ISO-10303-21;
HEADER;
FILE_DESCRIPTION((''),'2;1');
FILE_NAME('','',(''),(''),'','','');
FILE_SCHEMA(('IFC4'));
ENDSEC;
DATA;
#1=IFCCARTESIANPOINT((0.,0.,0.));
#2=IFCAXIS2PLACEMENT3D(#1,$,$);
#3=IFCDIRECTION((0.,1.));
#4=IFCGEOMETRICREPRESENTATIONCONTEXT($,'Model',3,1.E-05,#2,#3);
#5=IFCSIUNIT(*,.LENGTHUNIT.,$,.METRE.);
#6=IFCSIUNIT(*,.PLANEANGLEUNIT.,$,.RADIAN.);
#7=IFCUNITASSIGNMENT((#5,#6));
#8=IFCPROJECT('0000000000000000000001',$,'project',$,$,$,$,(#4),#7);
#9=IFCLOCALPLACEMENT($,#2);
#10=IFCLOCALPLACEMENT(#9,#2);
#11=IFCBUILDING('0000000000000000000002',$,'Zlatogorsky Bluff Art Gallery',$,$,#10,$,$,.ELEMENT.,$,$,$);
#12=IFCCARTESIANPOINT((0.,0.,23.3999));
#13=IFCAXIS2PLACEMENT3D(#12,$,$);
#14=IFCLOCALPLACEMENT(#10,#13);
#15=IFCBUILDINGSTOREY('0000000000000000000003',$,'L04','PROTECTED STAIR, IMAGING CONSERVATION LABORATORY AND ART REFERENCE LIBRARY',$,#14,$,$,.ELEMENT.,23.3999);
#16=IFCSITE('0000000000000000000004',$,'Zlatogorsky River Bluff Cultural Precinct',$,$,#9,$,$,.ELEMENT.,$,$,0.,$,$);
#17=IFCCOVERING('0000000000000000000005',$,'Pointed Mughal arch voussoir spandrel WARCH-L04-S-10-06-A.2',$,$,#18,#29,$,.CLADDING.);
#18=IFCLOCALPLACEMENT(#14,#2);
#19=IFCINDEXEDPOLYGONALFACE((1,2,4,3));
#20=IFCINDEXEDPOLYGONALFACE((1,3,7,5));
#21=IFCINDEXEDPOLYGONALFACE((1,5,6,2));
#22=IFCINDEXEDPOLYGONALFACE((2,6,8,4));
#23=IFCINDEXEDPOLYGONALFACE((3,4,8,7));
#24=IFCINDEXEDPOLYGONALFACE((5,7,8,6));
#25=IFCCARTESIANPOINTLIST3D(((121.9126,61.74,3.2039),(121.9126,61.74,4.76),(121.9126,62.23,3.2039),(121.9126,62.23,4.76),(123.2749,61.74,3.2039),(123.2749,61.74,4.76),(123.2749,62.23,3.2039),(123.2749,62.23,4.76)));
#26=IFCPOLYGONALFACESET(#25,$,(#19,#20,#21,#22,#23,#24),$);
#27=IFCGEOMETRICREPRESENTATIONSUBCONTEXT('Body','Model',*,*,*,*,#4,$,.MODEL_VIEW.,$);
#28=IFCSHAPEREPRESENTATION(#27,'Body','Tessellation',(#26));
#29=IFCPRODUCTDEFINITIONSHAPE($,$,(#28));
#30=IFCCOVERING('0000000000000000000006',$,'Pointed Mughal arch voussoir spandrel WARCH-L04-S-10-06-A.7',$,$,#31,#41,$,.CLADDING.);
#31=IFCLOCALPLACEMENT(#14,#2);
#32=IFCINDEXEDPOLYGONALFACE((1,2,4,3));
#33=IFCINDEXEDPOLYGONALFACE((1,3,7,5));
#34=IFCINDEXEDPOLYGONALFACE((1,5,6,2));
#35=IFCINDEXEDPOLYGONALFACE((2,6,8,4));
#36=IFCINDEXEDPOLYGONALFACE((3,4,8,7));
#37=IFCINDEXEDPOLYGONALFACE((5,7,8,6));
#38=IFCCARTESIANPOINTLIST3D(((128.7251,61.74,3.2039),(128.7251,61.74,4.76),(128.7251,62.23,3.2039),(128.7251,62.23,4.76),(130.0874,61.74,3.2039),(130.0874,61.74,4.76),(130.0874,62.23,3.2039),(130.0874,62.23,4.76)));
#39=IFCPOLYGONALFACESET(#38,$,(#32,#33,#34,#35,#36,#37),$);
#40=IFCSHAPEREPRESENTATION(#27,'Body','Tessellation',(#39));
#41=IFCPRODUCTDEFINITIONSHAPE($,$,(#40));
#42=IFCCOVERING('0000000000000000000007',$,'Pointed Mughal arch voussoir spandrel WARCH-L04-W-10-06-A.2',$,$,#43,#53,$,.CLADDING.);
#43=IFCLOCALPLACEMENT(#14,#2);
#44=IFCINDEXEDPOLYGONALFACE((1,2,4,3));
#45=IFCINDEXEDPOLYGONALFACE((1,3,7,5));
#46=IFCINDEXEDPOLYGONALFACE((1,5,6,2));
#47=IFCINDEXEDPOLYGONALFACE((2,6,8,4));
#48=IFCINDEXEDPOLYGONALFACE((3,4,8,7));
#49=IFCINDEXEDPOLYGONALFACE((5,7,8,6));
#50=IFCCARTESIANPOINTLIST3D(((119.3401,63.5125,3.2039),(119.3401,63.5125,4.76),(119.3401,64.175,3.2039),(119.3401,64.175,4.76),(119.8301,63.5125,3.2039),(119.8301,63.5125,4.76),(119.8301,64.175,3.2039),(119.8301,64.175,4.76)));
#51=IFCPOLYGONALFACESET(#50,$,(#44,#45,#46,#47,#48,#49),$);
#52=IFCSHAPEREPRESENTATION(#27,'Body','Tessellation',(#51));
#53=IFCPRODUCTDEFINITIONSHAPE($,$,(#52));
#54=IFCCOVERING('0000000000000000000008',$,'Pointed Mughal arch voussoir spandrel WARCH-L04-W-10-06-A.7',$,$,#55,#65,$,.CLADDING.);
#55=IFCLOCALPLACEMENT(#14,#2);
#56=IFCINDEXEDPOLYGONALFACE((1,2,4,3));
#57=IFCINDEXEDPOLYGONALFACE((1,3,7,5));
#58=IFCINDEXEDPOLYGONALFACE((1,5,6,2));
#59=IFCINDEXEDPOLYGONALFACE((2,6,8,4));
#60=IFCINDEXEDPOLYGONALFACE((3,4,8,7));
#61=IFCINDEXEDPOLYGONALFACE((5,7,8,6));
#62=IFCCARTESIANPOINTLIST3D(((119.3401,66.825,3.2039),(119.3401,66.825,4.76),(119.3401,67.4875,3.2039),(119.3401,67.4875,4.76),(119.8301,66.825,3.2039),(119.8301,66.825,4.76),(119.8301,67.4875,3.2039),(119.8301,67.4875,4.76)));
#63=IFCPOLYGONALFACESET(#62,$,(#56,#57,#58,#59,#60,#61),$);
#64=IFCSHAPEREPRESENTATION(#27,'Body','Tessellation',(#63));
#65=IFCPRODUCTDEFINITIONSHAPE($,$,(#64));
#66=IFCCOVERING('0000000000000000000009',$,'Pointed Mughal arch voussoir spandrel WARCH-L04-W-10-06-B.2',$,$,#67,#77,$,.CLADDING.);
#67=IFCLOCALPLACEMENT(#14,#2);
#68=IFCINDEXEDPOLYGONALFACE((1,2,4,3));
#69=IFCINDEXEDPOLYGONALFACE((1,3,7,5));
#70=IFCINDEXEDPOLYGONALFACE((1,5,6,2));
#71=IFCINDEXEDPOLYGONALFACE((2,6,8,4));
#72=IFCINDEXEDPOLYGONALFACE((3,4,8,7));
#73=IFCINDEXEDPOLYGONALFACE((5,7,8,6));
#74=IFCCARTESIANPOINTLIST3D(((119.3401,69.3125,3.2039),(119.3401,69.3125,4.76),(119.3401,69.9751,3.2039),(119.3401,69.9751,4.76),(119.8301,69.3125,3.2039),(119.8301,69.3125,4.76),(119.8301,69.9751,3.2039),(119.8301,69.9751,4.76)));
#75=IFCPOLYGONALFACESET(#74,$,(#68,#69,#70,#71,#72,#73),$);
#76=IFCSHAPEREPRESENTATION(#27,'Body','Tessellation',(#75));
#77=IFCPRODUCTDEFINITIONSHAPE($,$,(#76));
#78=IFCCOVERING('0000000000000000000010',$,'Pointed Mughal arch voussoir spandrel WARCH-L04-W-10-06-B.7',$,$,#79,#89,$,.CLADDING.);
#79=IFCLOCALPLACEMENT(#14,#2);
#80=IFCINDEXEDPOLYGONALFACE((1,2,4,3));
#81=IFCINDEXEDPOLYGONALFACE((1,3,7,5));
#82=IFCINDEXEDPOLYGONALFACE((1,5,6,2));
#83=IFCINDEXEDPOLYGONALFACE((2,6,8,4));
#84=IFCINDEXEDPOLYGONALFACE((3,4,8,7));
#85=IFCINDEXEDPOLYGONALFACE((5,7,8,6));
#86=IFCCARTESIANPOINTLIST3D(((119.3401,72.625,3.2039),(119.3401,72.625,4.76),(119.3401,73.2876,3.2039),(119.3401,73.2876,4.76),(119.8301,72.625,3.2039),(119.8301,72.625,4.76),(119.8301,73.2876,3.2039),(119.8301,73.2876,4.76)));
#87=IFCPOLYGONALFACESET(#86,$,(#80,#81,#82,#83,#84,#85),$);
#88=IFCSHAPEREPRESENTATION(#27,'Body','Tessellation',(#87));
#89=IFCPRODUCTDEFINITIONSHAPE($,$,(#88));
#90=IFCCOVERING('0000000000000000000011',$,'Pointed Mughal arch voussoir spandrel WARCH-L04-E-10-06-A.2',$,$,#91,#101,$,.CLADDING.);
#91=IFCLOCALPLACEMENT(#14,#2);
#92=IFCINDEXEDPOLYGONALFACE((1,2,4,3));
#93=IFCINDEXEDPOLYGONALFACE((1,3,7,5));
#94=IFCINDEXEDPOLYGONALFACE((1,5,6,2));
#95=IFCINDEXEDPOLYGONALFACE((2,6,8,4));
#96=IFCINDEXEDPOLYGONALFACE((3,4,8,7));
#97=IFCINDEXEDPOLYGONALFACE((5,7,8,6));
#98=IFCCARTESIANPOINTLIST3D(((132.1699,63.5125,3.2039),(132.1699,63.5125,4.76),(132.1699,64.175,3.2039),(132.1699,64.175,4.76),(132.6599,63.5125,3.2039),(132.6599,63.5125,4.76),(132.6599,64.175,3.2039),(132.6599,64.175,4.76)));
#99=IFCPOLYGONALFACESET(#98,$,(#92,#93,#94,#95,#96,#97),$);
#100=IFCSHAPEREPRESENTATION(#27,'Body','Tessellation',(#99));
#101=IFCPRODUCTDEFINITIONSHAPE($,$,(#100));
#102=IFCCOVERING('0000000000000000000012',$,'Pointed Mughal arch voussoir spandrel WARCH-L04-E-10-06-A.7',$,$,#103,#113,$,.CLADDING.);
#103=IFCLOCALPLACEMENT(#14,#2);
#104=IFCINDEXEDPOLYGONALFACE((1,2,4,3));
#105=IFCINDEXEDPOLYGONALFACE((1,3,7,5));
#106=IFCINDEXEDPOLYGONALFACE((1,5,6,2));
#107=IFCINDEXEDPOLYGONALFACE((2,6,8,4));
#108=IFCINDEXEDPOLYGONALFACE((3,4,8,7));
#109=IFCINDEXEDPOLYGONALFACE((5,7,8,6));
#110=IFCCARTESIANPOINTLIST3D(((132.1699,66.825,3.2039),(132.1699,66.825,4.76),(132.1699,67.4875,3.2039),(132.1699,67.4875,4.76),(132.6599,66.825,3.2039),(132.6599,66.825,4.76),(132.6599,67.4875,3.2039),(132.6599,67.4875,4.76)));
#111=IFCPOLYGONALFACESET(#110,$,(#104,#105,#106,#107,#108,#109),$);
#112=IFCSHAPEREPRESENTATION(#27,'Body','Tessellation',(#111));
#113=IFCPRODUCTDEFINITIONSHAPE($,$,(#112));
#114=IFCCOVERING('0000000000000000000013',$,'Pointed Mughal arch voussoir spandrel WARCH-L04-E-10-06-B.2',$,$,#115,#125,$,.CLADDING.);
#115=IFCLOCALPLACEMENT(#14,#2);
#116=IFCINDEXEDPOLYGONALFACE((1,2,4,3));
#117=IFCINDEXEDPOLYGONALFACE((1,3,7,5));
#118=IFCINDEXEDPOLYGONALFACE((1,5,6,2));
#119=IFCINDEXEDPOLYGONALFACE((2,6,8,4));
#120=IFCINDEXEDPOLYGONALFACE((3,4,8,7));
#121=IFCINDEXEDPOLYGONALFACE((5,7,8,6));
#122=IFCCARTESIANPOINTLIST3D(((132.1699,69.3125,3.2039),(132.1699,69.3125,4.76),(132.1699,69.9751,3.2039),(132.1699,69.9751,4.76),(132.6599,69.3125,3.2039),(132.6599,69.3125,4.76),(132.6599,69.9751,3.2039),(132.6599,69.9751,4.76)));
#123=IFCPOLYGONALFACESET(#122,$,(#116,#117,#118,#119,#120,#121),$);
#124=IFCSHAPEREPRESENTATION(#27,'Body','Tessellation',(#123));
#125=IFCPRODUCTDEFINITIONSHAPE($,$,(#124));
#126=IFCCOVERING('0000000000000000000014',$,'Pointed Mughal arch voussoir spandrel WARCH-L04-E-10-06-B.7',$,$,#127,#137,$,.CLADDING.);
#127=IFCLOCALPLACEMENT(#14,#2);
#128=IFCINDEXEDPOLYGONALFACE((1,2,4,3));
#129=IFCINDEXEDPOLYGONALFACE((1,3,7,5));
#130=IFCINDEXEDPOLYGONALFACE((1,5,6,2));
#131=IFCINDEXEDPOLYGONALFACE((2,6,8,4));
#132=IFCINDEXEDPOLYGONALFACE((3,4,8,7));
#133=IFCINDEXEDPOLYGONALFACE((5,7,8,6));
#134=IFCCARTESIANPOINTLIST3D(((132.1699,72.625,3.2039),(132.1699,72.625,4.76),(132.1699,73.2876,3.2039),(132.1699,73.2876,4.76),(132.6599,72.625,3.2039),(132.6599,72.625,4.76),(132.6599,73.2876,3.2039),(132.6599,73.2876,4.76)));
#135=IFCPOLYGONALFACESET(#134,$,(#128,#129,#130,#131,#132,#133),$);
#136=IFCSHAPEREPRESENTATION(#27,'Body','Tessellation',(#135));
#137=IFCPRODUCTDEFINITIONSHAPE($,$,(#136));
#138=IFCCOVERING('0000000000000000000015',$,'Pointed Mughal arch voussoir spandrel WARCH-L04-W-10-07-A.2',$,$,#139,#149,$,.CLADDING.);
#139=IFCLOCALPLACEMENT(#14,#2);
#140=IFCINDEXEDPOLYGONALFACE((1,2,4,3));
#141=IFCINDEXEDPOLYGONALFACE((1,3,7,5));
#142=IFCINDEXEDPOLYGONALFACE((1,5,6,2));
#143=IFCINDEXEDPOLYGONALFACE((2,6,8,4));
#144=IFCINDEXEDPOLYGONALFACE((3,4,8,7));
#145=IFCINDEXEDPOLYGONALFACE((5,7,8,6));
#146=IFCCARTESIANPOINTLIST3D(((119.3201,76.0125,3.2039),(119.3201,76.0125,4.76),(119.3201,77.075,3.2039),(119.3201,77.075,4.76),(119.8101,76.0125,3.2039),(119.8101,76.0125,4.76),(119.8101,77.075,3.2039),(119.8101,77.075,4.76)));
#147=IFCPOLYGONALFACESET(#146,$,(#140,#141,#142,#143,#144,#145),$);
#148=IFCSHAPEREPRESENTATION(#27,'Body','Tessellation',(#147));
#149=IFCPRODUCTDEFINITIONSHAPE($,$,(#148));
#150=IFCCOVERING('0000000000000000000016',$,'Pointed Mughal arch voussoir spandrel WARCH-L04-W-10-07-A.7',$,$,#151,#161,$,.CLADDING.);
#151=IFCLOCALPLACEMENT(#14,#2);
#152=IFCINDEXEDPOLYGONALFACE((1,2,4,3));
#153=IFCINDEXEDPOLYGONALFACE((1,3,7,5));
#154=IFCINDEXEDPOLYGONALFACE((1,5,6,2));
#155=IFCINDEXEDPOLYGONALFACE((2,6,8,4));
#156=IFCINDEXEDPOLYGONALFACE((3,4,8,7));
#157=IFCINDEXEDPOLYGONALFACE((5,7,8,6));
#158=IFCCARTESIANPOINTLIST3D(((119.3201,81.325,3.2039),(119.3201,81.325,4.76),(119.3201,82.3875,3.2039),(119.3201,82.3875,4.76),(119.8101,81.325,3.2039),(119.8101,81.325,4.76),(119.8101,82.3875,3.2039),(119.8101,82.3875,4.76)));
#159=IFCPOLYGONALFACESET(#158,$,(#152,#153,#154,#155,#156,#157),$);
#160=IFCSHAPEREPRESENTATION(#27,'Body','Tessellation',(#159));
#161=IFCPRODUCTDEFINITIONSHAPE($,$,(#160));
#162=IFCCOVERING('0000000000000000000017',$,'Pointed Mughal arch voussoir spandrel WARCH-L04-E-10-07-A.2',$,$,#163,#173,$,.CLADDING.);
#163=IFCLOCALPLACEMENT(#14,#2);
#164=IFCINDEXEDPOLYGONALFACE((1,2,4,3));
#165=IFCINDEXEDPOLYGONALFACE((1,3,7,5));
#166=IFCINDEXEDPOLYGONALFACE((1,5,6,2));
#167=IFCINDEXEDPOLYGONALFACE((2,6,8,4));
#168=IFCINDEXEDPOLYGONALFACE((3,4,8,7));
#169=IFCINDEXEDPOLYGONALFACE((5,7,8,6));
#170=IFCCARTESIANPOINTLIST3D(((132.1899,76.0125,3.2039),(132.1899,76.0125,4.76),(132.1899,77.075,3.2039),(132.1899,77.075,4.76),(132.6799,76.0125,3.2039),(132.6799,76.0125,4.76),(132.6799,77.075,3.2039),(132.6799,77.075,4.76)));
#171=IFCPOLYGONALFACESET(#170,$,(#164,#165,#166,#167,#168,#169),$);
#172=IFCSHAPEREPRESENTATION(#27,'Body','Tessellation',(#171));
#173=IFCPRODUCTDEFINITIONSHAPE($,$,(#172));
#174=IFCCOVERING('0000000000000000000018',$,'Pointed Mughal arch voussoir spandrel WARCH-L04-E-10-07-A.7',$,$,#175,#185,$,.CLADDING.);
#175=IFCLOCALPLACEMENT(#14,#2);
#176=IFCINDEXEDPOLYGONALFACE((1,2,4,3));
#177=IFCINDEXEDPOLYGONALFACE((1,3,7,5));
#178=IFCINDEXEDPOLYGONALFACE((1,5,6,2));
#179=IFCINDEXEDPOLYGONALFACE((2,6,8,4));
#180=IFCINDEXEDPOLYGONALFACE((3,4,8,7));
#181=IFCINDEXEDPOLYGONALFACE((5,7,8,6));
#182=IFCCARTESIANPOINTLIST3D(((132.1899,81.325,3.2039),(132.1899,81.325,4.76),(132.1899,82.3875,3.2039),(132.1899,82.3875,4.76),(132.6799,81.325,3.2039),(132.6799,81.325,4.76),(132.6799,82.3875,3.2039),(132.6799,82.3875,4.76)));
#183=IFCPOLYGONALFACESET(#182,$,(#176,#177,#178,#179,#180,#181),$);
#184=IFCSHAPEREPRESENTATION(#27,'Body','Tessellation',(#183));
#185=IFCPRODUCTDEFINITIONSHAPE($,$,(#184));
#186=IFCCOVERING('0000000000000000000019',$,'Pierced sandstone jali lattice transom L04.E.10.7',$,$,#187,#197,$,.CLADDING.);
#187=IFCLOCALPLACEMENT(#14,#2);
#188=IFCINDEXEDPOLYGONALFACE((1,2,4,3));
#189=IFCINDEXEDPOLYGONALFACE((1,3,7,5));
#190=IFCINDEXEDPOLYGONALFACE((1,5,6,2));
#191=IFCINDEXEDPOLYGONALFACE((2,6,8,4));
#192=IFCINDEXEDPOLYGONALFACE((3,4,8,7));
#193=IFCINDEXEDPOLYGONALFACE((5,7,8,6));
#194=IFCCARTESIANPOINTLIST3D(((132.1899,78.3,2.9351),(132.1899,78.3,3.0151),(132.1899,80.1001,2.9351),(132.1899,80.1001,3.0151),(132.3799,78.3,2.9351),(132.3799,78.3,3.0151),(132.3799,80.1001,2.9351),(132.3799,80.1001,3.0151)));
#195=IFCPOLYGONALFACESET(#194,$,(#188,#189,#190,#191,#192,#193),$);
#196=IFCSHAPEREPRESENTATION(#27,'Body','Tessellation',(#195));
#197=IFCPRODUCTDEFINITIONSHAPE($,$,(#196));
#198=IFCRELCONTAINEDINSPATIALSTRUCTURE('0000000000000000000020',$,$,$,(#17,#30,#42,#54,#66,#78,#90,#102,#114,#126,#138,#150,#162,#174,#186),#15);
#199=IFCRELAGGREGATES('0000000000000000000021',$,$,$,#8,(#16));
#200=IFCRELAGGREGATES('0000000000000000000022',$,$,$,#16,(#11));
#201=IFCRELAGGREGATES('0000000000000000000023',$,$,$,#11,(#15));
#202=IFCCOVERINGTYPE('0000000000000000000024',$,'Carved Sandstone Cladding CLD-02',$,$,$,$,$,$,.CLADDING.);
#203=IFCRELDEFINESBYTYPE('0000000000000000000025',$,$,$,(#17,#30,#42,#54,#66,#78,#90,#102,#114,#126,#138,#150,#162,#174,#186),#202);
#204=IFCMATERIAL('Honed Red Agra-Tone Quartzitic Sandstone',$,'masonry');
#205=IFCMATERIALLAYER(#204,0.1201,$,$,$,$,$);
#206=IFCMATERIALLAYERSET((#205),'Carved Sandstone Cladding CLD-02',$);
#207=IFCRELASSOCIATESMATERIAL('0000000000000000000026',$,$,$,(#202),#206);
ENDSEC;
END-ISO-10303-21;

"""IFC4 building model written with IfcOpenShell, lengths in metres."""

from ifc_helpers import new_model, si_unit, direction, frame, origin, place, context, subcontext, project, spatial, polyline, outline, extrude, material, layer, layer_set, type_object, element, save


model = new_model("IFC4")

# Units and contexts
model_context = context("Model", 3, precision=1e-05, world=origin(), true_north=direction((0.0, 1.0)))
body_context = subcontext(model_context, "Body", "Model", "MODEL_VIEW")
ifc_project = project(units=[si_unit("LENGTHUNIT", "METRE"), si_unit("PLANEANGLEUNIT", "RADIAN")], contexts=[model_context])

# Site, building, storey
site_placement = place(None, origin())
site = spatial("IfcSite", under=ifc_project, at=site_placement, Name="Zlatogorsky River Bluff Cultural Precinct", CompositionType="ELEMENT", RefElevation=0.0)
building_placement = place(site_placement, origin())
building = spatial("IfcBuilding", under=site, at=building_placement, Name="Zlatogorsky Bluff Art Gallery", CompositionType="ELEMENT")
storey_placement = place(building_placement, frame((0.0, 0.0, 23.3999)))
storey = spatial("IfcBuildingStorey", under=building, at=storey_placement, Name="L04", Description="PROTECTED STAIR, IMAGING CONSERVATION LABORATORY AND ART REFERENCE LIBRARY", CompositionType="ELEMENT", Elevation=23.3999)

# Coverings
ifc_material = material(Name="Honed Red Agra-Tone Quartzitic Sandstone", Category="masonry")
ifc_layer = layer(ifc_material, 0.1201)
ifc_layer_set = layer_set([ifc_layer], Name="Carved Sandstone Cladding CLD-02")
covering_type = type_object("IfcCoveringType", Name="Carved Sandstone Cladding CLD-02", PredefinedType="CLADDING", material=ifc_layer_set)
covering_1_placement = place(storey_placement, frame((0.0, 0.0, 3.2039)))
element("IfcCovering", 1, at=covering_1_placement, inside=storey, type_object=covering_type, Name="Pointed Mughal arch voussoir spandrel WARCH-L04-S-10-06-A.2", PredefinedType="CLADDING", context=body_context, shape_type="SweptSolid", body=[
    extrude(outline(polyline([(121.9126, 61.74), (123.2749, 61.74), (123.2749, 62.23), (121.9126, 62.23), (121.9126, 61.74)])), origin(), (0.0, 0.0, 1.0), 1.5562),
])
covering_2_placement = place(storey_placement, frame((0.0, 0.0, 3.2039)))
element("IfcCovering", 2, at=covering_2_placement, inside=storey, type_object=covering_type, Name="Pointed Mughal arch voussoir spandrel WARCH-L04-S-10-06-A.7", PredefinedType="CLADDING", context=body_context, shape_type="SweptSolid", body=[
    extrude(outline(polyline([(128.7251, 61.74), (130.0874, 61.74), (130.0874, 62.23), (128.7251, 62.23), (128.7251, 61.74)])), origin(), (0.0, 0.0, 1.0), 1.5562),
])
covering_3_placement = place(storey_placement, frame((0.0, 0.0, 3.2039)))
element("IfcCovering", 3, at=covering_3_placement, inside=storey, type_object=covering_type, Name="Pointed Mughal arch voussoir spandrel WARCH-L04-W-10-06-A.2", PredefinedType="CLADDING", context=body_context, shape_type="SweptSolid", body=[
    extrude(outline(polyline([(119.3401, 63.5125), (119.3401, 64.175), (119.8301, 64.175), (119.8301, 63.5125), (119.3401, 63.5125)])), origin(), (0.0, 0.0, 1.0), 1.5562),
])
covering_4_placement = place(storey_placement, frame((0.0, 0.0, 3.2039)))
element("IfcCovering", 4, at=covering_4_placement, inside=storey, type_object=covering_type, Name="Pointed Mughal arch voussoir spandrel WARCH-L04-W-10-06-A.7", PredefinedType="CLADDING", context=body_context, shape_type="SweptSolid", body=[
    extrude(outline(polyline([(119.3401, 66.825), (119.3401, 67.4875), (119.8301, 67.4875), (119.8301, 66.825), (119.3401, 66.825)])), origin(), (0.0, 0.0, 1.0), 1.5562),
])
covering_5_placement = place(storey_placement, frame((0.0, 0.0, 3.2039)))
element("IfcCovering", 5, at=covering_5_placement, inside=storey, type_object=covering_type, Name="Pointed Mughal arch voussoir spandrel WARCH-L04-W-10-06-B.2", PredefinedType="CLADDING", context=body_context, shape_type="SweptSolid", body=[
    extrude(outline(polyline([(119.3401, 69.3125), (119.3401, 69.9751), (119.8301, 69.9751), (119.8301, 69.3125), (119.3401, 69.3125)])), origin(), (0.0, 0.0, 1.0), 1.5562),
])
covering_6_placement = place(storey_placement, frame((0.0, 0.0, 3.2039)))
element("IfcCovering", 6, at=covering_6_placement, inside=storey, type_object=covering_type, Name="Pointed Mughal arch voussoir spandrel WARCH-L04-W-10-06-B.7", PredefinedType="CLADDING", context=body_context, shape_type="SweptSolid", body=[
    extrude(outline(polyline([(119.3401, 72.625), (119.3401, 73.2876), (119.8301, 73.2876), (119.8301, 72.625), (119.3401, 72.625)])), origin(), (0.0, 0.0, 1.0), 1.5562),
])
covering_7_placement = place(storey_placement, frame((0.0, 0.0, 3.2039)))
element("IfcCovering", 7, at=covering_7_placement, inside=storey, type_object=covering_type, Name="Pointed Mughal arch voussoir spandrel WARCH-L04-E-10-06-A.2", PredefinedType="CLADDING", context=body_context, shape_type="SweptSolid", body=[
    extrude(outline(polyline([(132.1699, 63.5125), (132.1699, 64.175), (132.6599, 64.175), (132.6599, 63.5125), (132.1699, 63.5125)])), origin(), (0.0, 0.0, 1.0), 1.5562),
])
covering_8_placement = place(storey_placement, frame((0.0, 0.0, 3.2039)))
element("IfcCovering", 8, at=covering_8_placement, inside=storey, type_object=covering_type, Name="Pointed Mughal arch voussoir spandrel WARCH-L04-E-10-06-A.7", PredefinedType="CLADDING", context=body_context, shape_type="SweptSolid", body=[
    extrude(outline(polyline([(132.1699, 66.825), (132.1699, 67.4875), (132.6599, 67.4875), (132.6599, 66.825), (132.1699, 66.825)])), origin(), (0.0, 0.0, 1.0), 1.5562),
])
covering_9_placement = place(storey_placement, frame((0.0, 0.0, 3.2039)))
element("IfcCovering", 9, at=covering_9_placement, inside=storey, type_object=covering_type, Name="Pointed Mughal arch voussoir spandrel WARCH-L04-E-10-06-B.2", PredefinedType="CLADDING", context=body_context, shape_type="SweptSolid", body=[
    extrude(outline(polyline([(132.1699, 69.3125), (132.1699, 69.9751), (132.6599, 69.9751), (132.6599, 69.3125), (132.1699, 69.3125)])), origin(), (0.0, 0.0, 1.0), 1.5562),
])
covering_10_placement = place(storey_placement, frame((0.0, 0.0, 3.2039)))
element("IfcCovering", 10, at=covering_10_placement, inside=storey, type_object=covering_type, Name="Pointed Mughal arch voussoir spandrel WARCH-L04-E-10-06-B.7", PredefinedType="CLADDING", context=body_context, shape_type="SweptSolid", body=[
    extrude(outline(polyline([(132.1699, 72.625), (132.1699, 73.2876), (132.6599, 73.2876), (132.6599, 72.625), (132.1699, 72.625)])), origin(), (0.0, 0.0, 1.0), 1.5562),
])
covering_11_placement = place(storey_placement, frame((0.0, 0.0, 3.2039)))
element("IfcCovering", 11, at=covering_11_placement, inside=storey, type_object=covering_type, Name="Pointed Mughal arch voussoir spandrel WARCH-L04-W-10-07-A.2", PredefinedType="CLADDING", context=body_context, shape_type="SweptSolid", body=[
    extrude(outline(polyline([(119.3201, 76.0125), (119.3201, 77.075), (119.8101, 77.075), (119.8101, 76.0125), (119.3201, 76.0125)])), origin(), (0.0, 0.0, 1.0), 1.5562),
])
covering_12_placement = place(storey_placement, frame((0.0, 0.0, 3.2039)))
element("IfcCovering", 12, at=covering_12_placement, inside=storey, type_object=covering_type, Name="Pointed Mughal arch voussoir spandrel WARCH-L04-W-10-07-A.7", PredefinedType="CLADDING", context=body_context, shape_type="SweptSolid", body=[
    extrude(outline(polyline([(119.3201, 81.325), (119.3201, 82.3875), (119.8101, 82.3875), (119.8101, 81.325), (119.3201, 81.325)])), origin(), (0.0, 0.0, 1.0), 1.5562),
])
covering_13_placement = place(storey_placement, frame((0.0, 0.0, 3.2039)))
element("IfcCovering", 13, at=covering_13_placement, inside=storey, type_object=covering_type, Name="Pointed Mughal arch voussoir spandrel WARCH-L04-E-10-07-A.2", PredefinedType="CLADDING", context=body_context, shape_type="SweptSolid", body=[
    extrude(outline(polyline([(132.1899, 76.0125), (132.1899, 77.075), (132.6799, 77.075), (132.6799, 76.0125), (132.1899, 76.0125)])), origin(), (0.0, 0.0, 1.0), 1.5562),
])
covering_14_placement = place(storey_placement, frame((0.0, 0.0, 3.2039)))
element("IfcCovering", 14, at=covering_14_placement, inside=storey, type_object=covering_type, Name="Pointed Mughal arch voussoir spandrel WARCH-L04-E-10-07-A.7", PredefinedType="CLADDING", context=body_context, shape_type="SweptSolid", body=[
    extrude(outline(polyline([(132.1899, 81.325), (132.1899, 82.3875), (132.6799, 82.3875), (132.6799, 81.325), (132.1899, 81.325)])), origin(), (0.0, 0.0, 1.0), 1.5562),
])
covering_15_placement = place(storey_placement, frame((0.0, 0.0, 2.9351)))
element("IfcCovering", 15, at=covering_15_placement, inside=storey, type_object=covering_type, Name="Pierced sandstone jali lattice transom L04.E.10.7", PredefinedType="CLADDING", context=body_context, shape_type="SweptSolid", body=[
    extrude(outline(polyline([(132.1899, 78.3), (132.1899, 80.1001), (132.3799, 80.1001), (132.3799, 78.3), (132.1899, 78.3)])), origin(), (0.0, 0.0, 1.0), 0.0801),
])

save(model, "model.ifc")
